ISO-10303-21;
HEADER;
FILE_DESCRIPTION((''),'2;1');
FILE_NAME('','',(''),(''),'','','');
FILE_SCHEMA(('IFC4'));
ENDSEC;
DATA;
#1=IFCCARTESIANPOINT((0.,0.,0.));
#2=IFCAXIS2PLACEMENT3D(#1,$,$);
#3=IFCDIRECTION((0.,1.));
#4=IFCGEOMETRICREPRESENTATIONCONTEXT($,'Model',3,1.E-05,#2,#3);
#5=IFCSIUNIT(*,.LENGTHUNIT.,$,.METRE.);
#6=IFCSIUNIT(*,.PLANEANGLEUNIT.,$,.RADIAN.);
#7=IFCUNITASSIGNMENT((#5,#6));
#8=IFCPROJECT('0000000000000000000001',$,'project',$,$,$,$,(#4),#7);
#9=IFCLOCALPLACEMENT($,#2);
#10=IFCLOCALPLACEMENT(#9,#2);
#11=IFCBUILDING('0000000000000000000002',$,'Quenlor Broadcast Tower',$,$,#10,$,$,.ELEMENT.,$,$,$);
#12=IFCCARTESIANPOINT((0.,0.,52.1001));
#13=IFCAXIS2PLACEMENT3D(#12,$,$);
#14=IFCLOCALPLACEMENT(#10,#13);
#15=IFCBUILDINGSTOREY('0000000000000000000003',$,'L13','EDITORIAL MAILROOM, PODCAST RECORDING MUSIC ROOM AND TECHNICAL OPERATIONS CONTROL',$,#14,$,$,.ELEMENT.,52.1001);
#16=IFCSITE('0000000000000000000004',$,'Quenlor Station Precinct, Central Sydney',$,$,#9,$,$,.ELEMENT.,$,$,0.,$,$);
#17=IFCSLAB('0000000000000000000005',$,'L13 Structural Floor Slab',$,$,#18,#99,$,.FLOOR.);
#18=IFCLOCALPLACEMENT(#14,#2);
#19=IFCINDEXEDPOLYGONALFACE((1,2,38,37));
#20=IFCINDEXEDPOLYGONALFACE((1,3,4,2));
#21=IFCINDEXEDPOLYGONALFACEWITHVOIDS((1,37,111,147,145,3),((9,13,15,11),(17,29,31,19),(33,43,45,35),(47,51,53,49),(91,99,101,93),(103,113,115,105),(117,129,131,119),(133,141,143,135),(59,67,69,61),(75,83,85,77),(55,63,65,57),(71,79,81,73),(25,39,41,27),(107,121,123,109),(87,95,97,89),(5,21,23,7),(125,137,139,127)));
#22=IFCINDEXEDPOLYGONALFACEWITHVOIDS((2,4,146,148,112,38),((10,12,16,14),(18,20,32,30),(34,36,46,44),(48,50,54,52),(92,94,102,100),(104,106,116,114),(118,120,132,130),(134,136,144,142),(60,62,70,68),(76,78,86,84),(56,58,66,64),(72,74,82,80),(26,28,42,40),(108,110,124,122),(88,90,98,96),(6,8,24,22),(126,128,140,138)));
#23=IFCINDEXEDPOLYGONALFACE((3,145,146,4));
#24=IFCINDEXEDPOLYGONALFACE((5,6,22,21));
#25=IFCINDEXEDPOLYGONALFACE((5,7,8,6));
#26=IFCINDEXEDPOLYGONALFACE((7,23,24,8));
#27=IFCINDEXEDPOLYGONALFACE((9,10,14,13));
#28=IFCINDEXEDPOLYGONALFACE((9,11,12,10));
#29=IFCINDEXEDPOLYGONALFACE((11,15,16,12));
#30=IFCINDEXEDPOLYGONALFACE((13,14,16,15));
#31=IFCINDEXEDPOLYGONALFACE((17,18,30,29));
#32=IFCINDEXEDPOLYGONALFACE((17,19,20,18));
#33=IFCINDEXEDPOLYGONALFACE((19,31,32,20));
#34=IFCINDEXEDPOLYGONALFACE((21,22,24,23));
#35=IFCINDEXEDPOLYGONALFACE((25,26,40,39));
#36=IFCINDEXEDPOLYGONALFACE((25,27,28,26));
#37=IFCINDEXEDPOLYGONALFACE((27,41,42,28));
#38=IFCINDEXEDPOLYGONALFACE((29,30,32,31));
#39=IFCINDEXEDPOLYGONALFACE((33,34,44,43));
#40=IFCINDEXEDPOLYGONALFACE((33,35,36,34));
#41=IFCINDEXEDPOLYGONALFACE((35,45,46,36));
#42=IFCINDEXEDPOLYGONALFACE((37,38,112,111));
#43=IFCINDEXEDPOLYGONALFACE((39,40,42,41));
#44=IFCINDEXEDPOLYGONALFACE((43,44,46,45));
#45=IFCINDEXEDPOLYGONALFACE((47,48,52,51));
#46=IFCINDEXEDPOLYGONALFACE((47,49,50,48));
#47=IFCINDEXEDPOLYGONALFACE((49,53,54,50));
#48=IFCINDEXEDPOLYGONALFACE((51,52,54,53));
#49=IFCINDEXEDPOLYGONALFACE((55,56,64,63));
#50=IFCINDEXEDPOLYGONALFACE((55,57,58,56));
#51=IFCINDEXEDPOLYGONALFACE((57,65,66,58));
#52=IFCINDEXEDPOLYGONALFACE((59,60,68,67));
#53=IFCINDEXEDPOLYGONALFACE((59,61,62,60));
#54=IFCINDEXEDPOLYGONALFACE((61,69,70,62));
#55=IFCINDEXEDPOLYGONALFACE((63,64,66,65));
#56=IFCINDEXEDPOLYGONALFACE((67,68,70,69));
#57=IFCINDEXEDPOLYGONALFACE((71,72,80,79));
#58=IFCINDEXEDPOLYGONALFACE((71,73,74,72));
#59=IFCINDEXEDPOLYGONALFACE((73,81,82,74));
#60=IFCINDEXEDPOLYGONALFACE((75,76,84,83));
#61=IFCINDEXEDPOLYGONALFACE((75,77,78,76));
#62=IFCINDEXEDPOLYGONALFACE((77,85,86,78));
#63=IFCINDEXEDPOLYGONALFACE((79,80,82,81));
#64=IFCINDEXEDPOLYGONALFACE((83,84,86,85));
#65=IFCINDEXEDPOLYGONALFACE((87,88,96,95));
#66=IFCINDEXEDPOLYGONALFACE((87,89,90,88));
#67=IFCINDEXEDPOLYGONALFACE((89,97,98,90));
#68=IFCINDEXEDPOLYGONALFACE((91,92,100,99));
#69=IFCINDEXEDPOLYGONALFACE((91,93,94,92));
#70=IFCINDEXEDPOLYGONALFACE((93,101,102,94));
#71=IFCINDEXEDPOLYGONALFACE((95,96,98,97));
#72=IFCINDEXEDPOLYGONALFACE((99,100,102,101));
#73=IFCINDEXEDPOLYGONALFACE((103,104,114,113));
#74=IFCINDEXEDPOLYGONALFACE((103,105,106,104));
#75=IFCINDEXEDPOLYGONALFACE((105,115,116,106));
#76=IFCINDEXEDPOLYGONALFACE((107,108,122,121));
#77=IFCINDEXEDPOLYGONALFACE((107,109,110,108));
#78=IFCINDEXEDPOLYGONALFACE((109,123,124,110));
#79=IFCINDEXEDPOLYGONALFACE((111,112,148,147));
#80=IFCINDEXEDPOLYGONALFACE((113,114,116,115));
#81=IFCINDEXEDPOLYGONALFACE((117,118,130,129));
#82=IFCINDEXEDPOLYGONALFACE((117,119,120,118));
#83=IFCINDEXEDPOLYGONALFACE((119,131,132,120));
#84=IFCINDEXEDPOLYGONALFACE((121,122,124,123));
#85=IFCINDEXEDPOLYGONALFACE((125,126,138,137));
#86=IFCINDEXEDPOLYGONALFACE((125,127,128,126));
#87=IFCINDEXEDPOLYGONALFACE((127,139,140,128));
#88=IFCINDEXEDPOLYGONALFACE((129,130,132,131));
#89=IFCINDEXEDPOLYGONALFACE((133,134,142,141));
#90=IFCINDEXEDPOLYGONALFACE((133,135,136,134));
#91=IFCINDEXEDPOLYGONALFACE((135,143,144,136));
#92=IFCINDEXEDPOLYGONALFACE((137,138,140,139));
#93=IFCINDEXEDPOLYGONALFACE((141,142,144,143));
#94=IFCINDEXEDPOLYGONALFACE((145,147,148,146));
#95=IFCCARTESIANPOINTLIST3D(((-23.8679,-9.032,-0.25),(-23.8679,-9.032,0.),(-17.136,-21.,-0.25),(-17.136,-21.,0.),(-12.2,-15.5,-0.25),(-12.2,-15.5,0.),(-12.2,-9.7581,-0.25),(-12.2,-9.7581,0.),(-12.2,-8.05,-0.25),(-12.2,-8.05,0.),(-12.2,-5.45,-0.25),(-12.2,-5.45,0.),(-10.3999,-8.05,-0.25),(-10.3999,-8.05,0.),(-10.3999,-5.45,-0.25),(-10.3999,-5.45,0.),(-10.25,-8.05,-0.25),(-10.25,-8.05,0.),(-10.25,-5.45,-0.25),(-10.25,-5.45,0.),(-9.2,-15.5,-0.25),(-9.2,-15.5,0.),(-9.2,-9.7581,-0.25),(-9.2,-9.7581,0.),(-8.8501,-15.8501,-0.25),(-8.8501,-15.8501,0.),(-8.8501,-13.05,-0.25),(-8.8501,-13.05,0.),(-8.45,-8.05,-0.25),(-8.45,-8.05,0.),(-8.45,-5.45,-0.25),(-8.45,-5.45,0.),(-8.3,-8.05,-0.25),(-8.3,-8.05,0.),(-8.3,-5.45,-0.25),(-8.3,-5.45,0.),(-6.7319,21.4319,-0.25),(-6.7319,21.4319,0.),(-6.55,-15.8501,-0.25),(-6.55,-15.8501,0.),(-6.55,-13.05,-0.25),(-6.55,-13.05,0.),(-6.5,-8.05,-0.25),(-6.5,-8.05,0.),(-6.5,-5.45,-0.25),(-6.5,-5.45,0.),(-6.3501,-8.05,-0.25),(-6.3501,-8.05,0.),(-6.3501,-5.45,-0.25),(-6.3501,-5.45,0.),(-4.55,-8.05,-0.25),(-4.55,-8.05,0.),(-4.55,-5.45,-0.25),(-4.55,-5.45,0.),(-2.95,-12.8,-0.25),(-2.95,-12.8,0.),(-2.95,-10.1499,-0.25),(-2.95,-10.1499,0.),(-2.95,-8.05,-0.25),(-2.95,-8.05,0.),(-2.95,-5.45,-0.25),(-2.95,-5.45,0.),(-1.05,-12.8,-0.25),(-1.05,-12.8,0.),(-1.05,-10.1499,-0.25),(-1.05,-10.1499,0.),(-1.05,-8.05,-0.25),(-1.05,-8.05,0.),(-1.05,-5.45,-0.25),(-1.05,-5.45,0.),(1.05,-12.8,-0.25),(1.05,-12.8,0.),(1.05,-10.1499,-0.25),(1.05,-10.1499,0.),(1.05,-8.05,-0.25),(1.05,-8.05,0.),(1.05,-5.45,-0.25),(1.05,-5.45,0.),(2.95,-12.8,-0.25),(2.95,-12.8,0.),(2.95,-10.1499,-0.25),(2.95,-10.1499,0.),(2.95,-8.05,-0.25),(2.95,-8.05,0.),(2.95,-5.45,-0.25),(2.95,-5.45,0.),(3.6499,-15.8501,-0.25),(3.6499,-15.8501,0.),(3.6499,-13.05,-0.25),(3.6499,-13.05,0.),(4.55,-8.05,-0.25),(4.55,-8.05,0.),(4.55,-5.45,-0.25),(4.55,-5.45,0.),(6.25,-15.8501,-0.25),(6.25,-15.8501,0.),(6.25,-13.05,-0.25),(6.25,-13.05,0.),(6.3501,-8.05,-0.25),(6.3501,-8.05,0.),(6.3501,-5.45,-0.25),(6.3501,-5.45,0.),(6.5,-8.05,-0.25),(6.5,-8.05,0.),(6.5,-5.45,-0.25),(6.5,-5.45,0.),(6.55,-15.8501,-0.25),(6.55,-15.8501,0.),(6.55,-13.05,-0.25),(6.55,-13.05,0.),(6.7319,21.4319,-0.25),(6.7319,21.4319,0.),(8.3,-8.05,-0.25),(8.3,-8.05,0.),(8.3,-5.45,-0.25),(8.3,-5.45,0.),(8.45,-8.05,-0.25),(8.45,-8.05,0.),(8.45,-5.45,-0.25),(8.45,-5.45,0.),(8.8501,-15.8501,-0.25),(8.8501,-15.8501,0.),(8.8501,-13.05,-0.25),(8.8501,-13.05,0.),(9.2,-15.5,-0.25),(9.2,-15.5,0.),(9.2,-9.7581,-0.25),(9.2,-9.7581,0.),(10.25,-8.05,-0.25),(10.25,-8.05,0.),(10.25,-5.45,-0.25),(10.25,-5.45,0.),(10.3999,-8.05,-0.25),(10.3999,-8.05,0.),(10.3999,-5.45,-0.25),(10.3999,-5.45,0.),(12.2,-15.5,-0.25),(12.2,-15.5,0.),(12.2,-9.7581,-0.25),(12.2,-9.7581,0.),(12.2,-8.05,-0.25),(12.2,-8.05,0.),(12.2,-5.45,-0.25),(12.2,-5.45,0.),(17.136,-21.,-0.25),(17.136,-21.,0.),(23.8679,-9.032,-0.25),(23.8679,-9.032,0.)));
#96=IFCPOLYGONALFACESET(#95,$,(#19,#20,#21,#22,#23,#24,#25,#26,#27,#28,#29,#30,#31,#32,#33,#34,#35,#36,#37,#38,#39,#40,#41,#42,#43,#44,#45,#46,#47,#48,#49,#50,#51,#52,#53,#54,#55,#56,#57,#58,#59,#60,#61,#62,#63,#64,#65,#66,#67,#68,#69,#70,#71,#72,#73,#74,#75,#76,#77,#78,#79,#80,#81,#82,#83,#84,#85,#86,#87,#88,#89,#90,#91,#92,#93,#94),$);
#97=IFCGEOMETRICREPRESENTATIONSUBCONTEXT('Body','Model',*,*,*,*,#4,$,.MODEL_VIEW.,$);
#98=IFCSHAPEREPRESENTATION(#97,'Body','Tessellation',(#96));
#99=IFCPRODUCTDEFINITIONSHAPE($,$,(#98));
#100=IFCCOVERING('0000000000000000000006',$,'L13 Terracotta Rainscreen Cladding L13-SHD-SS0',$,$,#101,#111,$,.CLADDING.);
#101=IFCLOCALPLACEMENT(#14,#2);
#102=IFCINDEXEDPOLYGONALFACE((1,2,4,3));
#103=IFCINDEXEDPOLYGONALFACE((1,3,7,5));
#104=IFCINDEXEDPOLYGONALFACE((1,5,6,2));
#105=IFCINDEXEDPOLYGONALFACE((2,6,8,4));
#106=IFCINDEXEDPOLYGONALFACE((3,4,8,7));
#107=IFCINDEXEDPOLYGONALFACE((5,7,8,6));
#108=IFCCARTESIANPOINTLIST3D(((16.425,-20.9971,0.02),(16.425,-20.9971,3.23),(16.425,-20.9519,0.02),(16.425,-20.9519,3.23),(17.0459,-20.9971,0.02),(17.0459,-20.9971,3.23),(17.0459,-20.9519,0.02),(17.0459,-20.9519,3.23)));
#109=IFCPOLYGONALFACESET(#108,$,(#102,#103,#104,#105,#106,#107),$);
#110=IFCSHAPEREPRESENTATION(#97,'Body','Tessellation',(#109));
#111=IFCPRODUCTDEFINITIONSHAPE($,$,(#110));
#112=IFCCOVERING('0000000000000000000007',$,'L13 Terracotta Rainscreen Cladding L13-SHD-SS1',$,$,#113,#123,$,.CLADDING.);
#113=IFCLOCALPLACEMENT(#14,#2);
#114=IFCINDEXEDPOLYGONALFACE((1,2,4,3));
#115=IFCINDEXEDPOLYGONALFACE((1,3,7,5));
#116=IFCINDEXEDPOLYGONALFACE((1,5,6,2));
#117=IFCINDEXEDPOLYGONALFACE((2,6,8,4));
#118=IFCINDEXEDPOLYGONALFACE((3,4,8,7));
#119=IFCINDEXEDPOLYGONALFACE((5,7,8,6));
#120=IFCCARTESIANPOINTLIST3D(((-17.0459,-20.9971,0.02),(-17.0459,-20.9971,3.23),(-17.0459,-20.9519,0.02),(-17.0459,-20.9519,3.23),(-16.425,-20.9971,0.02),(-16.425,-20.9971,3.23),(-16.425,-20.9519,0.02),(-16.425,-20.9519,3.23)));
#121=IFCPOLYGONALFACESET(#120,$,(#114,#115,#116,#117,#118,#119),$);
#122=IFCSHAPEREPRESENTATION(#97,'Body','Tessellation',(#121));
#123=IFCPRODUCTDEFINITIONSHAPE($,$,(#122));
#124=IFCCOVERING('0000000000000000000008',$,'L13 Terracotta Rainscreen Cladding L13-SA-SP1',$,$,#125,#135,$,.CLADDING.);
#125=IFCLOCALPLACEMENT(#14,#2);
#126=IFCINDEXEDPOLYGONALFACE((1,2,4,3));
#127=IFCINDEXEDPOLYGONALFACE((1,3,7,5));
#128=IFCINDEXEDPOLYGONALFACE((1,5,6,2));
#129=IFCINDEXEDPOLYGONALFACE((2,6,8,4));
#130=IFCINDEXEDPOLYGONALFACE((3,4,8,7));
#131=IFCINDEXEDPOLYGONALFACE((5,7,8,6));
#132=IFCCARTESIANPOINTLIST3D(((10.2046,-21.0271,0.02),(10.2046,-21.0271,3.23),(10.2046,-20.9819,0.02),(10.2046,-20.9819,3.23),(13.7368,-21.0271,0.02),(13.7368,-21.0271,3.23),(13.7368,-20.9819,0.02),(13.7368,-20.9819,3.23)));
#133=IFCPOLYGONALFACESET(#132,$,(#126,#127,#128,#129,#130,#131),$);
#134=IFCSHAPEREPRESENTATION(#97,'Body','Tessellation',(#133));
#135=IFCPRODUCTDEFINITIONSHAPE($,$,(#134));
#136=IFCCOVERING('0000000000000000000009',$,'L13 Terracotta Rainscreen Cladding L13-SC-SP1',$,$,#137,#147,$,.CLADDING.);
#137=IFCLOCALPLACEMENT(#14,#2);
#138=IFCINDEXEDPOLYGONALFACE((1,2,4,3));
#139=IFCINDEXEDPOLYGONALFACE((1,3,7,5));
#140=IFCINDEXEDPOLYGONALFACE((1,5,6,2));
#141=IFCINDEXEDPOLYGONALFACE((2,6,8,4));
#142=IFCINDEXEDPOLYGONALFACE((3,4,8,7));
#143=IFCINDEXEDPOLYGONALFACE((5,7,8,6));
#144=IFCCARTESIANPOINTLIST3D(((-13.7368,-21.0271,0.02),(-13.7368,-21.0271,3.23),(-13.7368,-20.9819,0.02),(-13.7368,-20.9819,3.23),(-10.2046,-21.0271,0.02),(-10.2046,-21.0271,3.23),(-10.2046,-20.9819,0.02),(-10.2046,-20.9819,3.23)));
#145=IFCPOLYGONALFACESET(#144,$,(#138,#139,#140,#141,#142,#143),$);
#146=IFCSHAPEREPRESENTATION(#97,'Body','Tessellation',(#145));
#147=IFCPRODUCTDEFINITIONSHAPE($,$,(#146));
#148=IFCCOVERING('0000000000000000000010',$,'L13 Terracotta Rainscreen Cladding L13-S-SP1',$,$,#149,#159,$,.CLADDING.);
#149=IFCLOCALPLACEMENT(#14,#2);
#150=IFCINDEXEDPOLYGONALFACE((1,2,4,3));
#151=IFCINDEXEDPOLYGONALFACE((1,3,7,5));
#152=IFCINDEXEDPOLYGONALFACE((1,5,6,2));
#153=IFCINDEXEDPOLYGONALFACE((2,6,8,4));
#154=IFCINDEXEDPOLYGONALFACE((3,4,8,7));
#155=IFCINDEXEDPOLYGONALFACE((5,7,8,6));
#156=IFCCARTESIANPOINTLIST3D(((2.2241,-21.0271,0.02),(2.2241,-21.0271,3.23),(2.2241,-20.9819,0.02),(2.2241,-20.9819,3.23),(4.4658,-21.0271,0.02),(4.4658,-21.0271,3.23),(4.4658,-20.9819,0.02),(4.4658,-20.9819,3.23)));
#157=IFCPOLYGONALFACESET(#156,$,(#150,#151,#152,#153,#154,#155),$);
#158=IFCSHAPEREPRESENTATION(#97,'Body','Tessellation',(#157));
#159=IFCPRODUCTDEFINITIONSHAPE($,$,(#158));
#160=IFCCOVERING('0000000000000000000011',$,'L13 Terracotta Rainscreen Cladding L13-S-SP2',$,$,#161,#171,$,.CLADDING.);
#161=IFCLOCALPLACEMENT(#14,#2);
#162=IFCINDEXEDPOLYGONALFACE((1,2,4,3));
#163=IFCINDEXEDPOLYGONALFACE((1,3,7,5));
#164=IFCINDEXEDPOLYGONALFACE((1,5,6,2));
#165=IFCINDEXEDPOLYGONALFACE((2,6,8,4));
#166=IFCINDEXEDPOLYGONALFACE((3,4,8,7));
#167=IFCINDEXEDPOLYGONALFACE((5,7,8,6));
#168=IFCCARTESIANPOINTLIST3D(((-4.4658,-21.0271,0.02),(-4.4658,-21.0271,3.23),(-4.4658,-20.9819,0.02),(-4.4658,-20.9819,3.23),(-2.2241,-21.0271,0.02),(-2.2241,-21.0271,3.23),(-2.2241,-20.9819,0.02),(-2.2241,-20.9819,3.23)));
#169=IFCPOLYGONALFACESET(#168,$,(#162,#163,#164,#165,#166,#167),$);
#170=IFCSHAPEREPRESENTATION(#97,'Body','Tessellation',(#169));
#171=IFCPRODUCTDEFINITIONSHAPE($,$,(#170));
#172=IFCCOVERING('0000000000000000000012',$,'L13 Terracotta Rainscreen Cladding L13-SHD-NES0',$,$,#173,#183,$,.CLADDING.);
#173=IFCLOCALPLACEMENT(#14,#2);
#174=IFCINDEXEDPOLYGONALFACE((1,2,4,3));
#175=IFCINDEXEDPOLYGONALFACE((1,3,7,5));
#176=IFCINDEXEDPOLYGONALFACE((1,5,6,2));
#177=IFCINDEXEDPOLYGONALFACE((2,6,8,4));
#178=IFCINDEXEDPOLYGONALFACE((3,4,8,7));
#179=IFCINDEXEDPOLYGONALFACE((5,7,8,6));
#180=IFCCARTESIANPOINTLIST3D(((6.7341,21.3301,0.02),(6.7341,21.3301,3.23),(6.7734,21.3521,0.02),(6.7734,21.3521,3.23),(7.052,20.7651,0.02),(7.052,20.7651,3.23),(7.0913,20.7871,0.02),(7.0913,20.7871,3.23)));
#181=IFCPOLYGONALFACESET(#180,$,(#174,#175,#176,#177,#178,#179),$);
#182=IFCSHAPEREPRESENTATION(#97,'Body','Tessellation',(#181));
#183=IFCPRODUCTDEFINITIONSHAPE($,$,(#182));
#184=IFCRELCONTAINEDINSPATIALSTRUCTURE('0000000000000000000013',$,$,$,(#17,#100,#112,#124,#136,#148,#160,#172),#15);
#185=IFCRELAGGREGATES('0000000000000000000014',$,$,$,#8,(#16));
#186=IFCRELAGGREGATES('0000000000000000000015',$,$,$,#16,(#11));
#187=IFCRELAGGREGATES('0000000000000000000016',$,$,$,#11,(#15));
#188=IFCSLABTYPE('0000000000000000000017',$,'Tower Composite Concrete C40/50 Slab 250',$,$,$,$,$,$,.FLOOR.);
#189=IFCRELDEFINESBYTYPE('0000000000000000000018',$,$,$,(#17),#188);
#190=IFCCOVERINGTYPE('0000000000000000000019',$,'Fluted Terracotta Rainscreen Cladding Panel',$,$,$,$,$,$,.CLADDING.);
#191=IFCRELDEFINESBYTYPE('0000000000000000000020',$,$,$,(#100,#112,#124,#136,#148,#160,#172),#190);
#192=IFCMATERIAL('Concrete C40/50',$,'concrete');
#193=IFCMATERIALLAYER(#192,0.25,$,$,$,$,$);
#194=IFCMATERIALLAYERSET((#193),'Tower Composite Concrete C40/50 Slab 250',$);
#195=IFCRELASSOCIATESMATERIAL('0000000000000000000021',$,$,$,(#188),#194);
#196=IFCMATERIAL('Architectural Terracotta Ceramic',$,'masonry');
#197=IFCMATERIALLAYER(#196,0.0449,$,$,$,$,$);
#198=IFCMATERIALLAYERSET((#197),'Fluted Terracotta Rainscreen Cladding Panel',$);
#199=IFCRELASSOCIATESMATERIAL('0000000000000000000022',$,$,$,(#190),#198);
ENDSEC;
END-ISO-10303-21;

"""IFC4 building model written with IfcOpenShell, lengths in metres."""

from ifc_helpers import new_model, si_unit, direction, frame, origin, place, context, subcontext, project, spatial, polyline, outline, extrude, material, layer, layer_set, type_object, element, save


model = new_model("IFC4")

# Units and contexts
model_context = context("Model", 3, precision=1e-05, world=origin(), true_north=direction((0.0, 1.0)))
body_context = subcontext(model_context, "Body", "Model", "MODEL_VIEW")
ifc_project = project(units=[si_unit("LENGTHUNIT", "METRE"), si_unit("PLANEANGLEUNIT", "RADIAN")], contexts=[model_context])

# Site, building, storey
site_placement = place(None, origin())
site = spatial("IfcSite", under=ifc_project, at=site_placement, Name="Quenlor Station Precinct, Central Sydney", CompositionType="ELEMENT", RefElevation=0.0)
building_placement = place(site_placement, origin())
building = spatial("IfcBuilding", under=site, at=building_placement, Name="Quenlor Broadcast Tower", CompositionType="ELEMENT")
storey_placement = place(building_placement, frame((0.0, 0.0, 52.1001)))
storey = spatial("IfcBuildingStorey", under=building, at=storey_placement, Name="L13", Description="EDITORIAL MAILROOM, PODCAST RECORDING MUSIC ROOM AND TECHNICAL OPERATIONS CONTROL", CompositionType="ELEMENT", Elevation=52.1001)

# Slab
ifc_material_1 = material(Name="Concrete C40/50", Category="concrete")
ifc_layer_1 = layer(ifc_material_1, 0.25)
ifc_layer_set_1 = layer_set([ifc_layer_1], Name="Tower Composite Concrete C40/50 Slab 250")
slab_type = type_object("IfcSlabType", Name="Tower Composite Concrete C40/50 Slab 250", PredefinedType="FLOOR", material=ifc_layer_set_1)
slab_placement = place(storey_placement, frame((0.0, 0.0, -0.25)))
element("IfcSlab", 1, at=slab_placement, inside=storey, type_object=slab_type, Name="L13 Structural Floor Slab", PredefinedType="FLOOR", context=body_context, shape_type="SweptSolid", body=[
    extrude(outline(polyline([(17.136, -21.0), (23.8679, -9.032), (6.7319, 21.4319), (-6.7319, 21.4319), (-23.8679, -9.032), (-17.136, -21.0), (17.136, -21.0)]), holes=[polyline([(-12.2, -9.7581), (-12.2, -15.5), (-9.2, -15.5), (-9.2, -9.7581), (-12.2, -9.7581)]), polyline([(9.2, -9.7581), (9.2, -15.5), (12.2, -15.5), (12.2, -9.7581), (9.2, -9.7581)]), polyline([(-12.2, -8.05), (-10.3999, -8.05), (-10.3999, -5.45), (-12.2, -5.45), (-12.2, -8.05)]), polyline([(-10.25, -8.05), (-8.45, -8.05), (-8.45, -5.45), (-10.25, -5.45), (-10.25, -8.05)]), polyline([(-8.3, -8.05), (-6.5, -8.05), (-6.5, -5.45), (-8.3, -5.45), (-8.3, -8.05)]), polyline([(-6.3501, -8.05), (-4.55, -8.05), (-4.55, -5.45), (-6.3501, -5.45), (-6.3501, -8.05)]), polyline([(-2.95, -8.05), (-1.05, -8.05), (-1.05, -5.45), (-2.95, -5.45), (-2.95, -8.05)]), polyline([(1.05, -8.05), (2.95, -8.05), (2.95, -5.45), (1.05, -5.45), (1.05, -8.05)]), polyline([(-2.95, -12.8), (-1.05, -12.8), (-1.05, -10.1499), (-2.95, -10.1499), (-2.95, -12.8)]), polyline([(1.05, -12.8), (2.95, -12.8), (2.95, -10.1499), (1.05, -10.1499), (1.05, -12.8)]), polyline([(4.55, -8.05), (6.3501, -8.05), (6.3501, -5.45), (4.55, -5.45), (4.55, -8.05)]), polyline([(6.5, -8.05), (8.3, -8.05), (8.3, -5.45), (6.5, -5.45), (6.5, -8.05)]), polyline([(8.45, -8.05), (10.25, -8.05), (10.25, -5.45), (8.45, -5.45), (8.45, -8.05)]), polyline([(10.3999, -8.05), (12.2, -8.05), (12.2, -5.45), (10.3999, -5.45), (10.3999, -8.05)]), polyline([(-8.8501, -15.8501), (-6.55, -15.8501), (-6.55, -13.05), (-8.8501, -13.05), (-8.8501, -15.8501)]), polyline([(6.55, -15.8501), (8.8501, -15.8501), (8.8501, -13.05), (6.55, -13.05), (6.55, -15.8501)]), polyline([(3.6499, -15.8501), (6.25, -15.8501), (6.25, -13.05), (3.6499, -13.05), (3.6499, -15.8501)])]), origin(), (0.0, 0.0, 1.0), 0.25),
])

# Coverings
ifc_material_2 = material(Name="Architectural Terracotta Ceramic", Category="masonry")
ifc_layer_2 = layer(ifc_material_2, 0.0449)
ifc_layer_set_2 = layer_set([ifc_layer_2], Name="Fluted Terracotta Rainscreen Cladding Panel")
covering_type = type_object("IfcCoveringType", Name="Fluted Terracotta Rainscreen Cladding Panel", PredefinedType="CLADDING", material=ifc_layer_set_2)
covering_1_placement = place(storey_placement, frame((0.0, 0.0, 0.02)))
element("IfcCovering", 2, at=covering_1_placement, inside=storey, type_object=covering_type, Name="L13 Terracotta Rainscreen Cladding L13-SHD-SS0", PredefinedType="CLADDING", context=body_context, shape_type="SweptSolid", body=[
    extrude(outline(polyline([(17.0459, -20.9519), (16.425, -20.9519), (16.425, -20.9971), (17.0459, -20.9971), (17.0459, -20.9519)])), origin(), (0.0, 0.0, 1.0), 3.21),
])
covering_2_placement = place(storey_placement, frame((0.0, 0.0, 0.02)))
element("IfcCovering", 3, at=covering_2_placement, inside=storey, type_object=covering_type, Name="L13 Terracotta Rainscreen Cladding L13-SHD-SS1", PredefinedType="CLADDING", context=body_context, shape_type="SweptSolid", body=[
    extrude(outline(polyline([(-16.425, -20.9519), (-17.0459, -20.9519), (-17.0459, -20.9971), (-16.425, -20.9971), (-16.425, -20.9519)])), origin(), (0.0, 0.0, 1.0), 3.21),
])
covering_3_placement = place(storey_placement, frame((0.0, 0.0, 0.02)))
element("IfcCovering", 4, at=covering_3_placement, inside=storey, type_object=covering_type, Name="L13 Terracotta Rainscreen Cladding L13-SA-SP1", PredefinedType="CLADDING", context=body_context, shape_type="SweptSolid", body=[
    extrude(outline(polyline([(13.7368, -20.9819), (10.2046, -20.9819), (10.2046, -21.0271), (13.7368, -21.0271), (13.7368, -20.9819)])), origin(), (0.0, 0.0, 1.0), 3.21),
])
covering_4_placement = place(storey_placement, frame((0.0, 0.0, 0.02)))
element("IfcCovering", 5, at=covering_4_placement, inside=storey, type_object=covering_type, Name="L13 Terracotta Rainscreen Cladding L13-SC-SP1", PredefinedType="CLADDING", context=body_context, shape_type="SweptSolid", body=[
    extrude(outline(polyline([(-10.2046, -20.9819), (-13.7368, -20.9819), (-13.7368, -21.0271), (-10.2046, -21.0271), (-10.2046, -20.9819)])), origin(), (0.0, 0.0, 1.0), 3.21),
])
covering_5_placement = place(storey_placement, frame((0.0, 0.0, 0.02)))
element("IfcCovering", 6, at=covering_5_placement, inside=storey, type_object=covering_type, Name="L13 Terracotta Rainscreen Cladding L13-S-SP1", PredefinedType="CLADDING", context=body_context, shape_type="SweptSolid", body=[
    extrude(outline(polyline([(4.4658, -20.9819), (2.2241, -20.9819), (2.2241, -21.0271), (4.4658, -21.0271), (4.4658, -20.9819)])), origin(), (0.0, 0.0, 1.0), 3.21),
])
covering_6_placement = place(storey_placement, frame((0.0, 0.0, 0.02)))
element("IfcCovering", 7, at=covering_6_placement, inside=storey, type_object=covering_type, Name="L13 Terracotta Rainscreen Cladding L13-S-SP2", PredefinedType="CLADDING", context=body_context, shape_type="SweptSolid", body=[
    extrude(outline(polyline([(-2.2241, -20.9819), (-4.4658, -20.9819), (-4.4658, -21.0271), (-2.2241, -21.0271), (-2.2241, -20.9819)])), origin(), (0.0, 0.0, 1.0), 3.21),
])
covering_7_placement = place(storey_placement, frame((0.0, 0.0, 0.02)))
element("IfcCovering", 8, at=covering_7_placement, inside=storey, type_object=covering_type, Name="L13 Terracotta Rainscreen Cladding L13-SHD-NES0", PredefinedType="CLADDING", context=body_context, shape_type="SweptSolid", body=[
    extrude(outline(polyline([(6.7341, 21.3301), (7.052, 20.7651), (7.0913, 20.7871), (6.7734, 21.3521), (6.7341, 21.3301)])), origin(), (0.0, 0.0, 1.0), 3.21),
])

save(model, "model.ifc")
